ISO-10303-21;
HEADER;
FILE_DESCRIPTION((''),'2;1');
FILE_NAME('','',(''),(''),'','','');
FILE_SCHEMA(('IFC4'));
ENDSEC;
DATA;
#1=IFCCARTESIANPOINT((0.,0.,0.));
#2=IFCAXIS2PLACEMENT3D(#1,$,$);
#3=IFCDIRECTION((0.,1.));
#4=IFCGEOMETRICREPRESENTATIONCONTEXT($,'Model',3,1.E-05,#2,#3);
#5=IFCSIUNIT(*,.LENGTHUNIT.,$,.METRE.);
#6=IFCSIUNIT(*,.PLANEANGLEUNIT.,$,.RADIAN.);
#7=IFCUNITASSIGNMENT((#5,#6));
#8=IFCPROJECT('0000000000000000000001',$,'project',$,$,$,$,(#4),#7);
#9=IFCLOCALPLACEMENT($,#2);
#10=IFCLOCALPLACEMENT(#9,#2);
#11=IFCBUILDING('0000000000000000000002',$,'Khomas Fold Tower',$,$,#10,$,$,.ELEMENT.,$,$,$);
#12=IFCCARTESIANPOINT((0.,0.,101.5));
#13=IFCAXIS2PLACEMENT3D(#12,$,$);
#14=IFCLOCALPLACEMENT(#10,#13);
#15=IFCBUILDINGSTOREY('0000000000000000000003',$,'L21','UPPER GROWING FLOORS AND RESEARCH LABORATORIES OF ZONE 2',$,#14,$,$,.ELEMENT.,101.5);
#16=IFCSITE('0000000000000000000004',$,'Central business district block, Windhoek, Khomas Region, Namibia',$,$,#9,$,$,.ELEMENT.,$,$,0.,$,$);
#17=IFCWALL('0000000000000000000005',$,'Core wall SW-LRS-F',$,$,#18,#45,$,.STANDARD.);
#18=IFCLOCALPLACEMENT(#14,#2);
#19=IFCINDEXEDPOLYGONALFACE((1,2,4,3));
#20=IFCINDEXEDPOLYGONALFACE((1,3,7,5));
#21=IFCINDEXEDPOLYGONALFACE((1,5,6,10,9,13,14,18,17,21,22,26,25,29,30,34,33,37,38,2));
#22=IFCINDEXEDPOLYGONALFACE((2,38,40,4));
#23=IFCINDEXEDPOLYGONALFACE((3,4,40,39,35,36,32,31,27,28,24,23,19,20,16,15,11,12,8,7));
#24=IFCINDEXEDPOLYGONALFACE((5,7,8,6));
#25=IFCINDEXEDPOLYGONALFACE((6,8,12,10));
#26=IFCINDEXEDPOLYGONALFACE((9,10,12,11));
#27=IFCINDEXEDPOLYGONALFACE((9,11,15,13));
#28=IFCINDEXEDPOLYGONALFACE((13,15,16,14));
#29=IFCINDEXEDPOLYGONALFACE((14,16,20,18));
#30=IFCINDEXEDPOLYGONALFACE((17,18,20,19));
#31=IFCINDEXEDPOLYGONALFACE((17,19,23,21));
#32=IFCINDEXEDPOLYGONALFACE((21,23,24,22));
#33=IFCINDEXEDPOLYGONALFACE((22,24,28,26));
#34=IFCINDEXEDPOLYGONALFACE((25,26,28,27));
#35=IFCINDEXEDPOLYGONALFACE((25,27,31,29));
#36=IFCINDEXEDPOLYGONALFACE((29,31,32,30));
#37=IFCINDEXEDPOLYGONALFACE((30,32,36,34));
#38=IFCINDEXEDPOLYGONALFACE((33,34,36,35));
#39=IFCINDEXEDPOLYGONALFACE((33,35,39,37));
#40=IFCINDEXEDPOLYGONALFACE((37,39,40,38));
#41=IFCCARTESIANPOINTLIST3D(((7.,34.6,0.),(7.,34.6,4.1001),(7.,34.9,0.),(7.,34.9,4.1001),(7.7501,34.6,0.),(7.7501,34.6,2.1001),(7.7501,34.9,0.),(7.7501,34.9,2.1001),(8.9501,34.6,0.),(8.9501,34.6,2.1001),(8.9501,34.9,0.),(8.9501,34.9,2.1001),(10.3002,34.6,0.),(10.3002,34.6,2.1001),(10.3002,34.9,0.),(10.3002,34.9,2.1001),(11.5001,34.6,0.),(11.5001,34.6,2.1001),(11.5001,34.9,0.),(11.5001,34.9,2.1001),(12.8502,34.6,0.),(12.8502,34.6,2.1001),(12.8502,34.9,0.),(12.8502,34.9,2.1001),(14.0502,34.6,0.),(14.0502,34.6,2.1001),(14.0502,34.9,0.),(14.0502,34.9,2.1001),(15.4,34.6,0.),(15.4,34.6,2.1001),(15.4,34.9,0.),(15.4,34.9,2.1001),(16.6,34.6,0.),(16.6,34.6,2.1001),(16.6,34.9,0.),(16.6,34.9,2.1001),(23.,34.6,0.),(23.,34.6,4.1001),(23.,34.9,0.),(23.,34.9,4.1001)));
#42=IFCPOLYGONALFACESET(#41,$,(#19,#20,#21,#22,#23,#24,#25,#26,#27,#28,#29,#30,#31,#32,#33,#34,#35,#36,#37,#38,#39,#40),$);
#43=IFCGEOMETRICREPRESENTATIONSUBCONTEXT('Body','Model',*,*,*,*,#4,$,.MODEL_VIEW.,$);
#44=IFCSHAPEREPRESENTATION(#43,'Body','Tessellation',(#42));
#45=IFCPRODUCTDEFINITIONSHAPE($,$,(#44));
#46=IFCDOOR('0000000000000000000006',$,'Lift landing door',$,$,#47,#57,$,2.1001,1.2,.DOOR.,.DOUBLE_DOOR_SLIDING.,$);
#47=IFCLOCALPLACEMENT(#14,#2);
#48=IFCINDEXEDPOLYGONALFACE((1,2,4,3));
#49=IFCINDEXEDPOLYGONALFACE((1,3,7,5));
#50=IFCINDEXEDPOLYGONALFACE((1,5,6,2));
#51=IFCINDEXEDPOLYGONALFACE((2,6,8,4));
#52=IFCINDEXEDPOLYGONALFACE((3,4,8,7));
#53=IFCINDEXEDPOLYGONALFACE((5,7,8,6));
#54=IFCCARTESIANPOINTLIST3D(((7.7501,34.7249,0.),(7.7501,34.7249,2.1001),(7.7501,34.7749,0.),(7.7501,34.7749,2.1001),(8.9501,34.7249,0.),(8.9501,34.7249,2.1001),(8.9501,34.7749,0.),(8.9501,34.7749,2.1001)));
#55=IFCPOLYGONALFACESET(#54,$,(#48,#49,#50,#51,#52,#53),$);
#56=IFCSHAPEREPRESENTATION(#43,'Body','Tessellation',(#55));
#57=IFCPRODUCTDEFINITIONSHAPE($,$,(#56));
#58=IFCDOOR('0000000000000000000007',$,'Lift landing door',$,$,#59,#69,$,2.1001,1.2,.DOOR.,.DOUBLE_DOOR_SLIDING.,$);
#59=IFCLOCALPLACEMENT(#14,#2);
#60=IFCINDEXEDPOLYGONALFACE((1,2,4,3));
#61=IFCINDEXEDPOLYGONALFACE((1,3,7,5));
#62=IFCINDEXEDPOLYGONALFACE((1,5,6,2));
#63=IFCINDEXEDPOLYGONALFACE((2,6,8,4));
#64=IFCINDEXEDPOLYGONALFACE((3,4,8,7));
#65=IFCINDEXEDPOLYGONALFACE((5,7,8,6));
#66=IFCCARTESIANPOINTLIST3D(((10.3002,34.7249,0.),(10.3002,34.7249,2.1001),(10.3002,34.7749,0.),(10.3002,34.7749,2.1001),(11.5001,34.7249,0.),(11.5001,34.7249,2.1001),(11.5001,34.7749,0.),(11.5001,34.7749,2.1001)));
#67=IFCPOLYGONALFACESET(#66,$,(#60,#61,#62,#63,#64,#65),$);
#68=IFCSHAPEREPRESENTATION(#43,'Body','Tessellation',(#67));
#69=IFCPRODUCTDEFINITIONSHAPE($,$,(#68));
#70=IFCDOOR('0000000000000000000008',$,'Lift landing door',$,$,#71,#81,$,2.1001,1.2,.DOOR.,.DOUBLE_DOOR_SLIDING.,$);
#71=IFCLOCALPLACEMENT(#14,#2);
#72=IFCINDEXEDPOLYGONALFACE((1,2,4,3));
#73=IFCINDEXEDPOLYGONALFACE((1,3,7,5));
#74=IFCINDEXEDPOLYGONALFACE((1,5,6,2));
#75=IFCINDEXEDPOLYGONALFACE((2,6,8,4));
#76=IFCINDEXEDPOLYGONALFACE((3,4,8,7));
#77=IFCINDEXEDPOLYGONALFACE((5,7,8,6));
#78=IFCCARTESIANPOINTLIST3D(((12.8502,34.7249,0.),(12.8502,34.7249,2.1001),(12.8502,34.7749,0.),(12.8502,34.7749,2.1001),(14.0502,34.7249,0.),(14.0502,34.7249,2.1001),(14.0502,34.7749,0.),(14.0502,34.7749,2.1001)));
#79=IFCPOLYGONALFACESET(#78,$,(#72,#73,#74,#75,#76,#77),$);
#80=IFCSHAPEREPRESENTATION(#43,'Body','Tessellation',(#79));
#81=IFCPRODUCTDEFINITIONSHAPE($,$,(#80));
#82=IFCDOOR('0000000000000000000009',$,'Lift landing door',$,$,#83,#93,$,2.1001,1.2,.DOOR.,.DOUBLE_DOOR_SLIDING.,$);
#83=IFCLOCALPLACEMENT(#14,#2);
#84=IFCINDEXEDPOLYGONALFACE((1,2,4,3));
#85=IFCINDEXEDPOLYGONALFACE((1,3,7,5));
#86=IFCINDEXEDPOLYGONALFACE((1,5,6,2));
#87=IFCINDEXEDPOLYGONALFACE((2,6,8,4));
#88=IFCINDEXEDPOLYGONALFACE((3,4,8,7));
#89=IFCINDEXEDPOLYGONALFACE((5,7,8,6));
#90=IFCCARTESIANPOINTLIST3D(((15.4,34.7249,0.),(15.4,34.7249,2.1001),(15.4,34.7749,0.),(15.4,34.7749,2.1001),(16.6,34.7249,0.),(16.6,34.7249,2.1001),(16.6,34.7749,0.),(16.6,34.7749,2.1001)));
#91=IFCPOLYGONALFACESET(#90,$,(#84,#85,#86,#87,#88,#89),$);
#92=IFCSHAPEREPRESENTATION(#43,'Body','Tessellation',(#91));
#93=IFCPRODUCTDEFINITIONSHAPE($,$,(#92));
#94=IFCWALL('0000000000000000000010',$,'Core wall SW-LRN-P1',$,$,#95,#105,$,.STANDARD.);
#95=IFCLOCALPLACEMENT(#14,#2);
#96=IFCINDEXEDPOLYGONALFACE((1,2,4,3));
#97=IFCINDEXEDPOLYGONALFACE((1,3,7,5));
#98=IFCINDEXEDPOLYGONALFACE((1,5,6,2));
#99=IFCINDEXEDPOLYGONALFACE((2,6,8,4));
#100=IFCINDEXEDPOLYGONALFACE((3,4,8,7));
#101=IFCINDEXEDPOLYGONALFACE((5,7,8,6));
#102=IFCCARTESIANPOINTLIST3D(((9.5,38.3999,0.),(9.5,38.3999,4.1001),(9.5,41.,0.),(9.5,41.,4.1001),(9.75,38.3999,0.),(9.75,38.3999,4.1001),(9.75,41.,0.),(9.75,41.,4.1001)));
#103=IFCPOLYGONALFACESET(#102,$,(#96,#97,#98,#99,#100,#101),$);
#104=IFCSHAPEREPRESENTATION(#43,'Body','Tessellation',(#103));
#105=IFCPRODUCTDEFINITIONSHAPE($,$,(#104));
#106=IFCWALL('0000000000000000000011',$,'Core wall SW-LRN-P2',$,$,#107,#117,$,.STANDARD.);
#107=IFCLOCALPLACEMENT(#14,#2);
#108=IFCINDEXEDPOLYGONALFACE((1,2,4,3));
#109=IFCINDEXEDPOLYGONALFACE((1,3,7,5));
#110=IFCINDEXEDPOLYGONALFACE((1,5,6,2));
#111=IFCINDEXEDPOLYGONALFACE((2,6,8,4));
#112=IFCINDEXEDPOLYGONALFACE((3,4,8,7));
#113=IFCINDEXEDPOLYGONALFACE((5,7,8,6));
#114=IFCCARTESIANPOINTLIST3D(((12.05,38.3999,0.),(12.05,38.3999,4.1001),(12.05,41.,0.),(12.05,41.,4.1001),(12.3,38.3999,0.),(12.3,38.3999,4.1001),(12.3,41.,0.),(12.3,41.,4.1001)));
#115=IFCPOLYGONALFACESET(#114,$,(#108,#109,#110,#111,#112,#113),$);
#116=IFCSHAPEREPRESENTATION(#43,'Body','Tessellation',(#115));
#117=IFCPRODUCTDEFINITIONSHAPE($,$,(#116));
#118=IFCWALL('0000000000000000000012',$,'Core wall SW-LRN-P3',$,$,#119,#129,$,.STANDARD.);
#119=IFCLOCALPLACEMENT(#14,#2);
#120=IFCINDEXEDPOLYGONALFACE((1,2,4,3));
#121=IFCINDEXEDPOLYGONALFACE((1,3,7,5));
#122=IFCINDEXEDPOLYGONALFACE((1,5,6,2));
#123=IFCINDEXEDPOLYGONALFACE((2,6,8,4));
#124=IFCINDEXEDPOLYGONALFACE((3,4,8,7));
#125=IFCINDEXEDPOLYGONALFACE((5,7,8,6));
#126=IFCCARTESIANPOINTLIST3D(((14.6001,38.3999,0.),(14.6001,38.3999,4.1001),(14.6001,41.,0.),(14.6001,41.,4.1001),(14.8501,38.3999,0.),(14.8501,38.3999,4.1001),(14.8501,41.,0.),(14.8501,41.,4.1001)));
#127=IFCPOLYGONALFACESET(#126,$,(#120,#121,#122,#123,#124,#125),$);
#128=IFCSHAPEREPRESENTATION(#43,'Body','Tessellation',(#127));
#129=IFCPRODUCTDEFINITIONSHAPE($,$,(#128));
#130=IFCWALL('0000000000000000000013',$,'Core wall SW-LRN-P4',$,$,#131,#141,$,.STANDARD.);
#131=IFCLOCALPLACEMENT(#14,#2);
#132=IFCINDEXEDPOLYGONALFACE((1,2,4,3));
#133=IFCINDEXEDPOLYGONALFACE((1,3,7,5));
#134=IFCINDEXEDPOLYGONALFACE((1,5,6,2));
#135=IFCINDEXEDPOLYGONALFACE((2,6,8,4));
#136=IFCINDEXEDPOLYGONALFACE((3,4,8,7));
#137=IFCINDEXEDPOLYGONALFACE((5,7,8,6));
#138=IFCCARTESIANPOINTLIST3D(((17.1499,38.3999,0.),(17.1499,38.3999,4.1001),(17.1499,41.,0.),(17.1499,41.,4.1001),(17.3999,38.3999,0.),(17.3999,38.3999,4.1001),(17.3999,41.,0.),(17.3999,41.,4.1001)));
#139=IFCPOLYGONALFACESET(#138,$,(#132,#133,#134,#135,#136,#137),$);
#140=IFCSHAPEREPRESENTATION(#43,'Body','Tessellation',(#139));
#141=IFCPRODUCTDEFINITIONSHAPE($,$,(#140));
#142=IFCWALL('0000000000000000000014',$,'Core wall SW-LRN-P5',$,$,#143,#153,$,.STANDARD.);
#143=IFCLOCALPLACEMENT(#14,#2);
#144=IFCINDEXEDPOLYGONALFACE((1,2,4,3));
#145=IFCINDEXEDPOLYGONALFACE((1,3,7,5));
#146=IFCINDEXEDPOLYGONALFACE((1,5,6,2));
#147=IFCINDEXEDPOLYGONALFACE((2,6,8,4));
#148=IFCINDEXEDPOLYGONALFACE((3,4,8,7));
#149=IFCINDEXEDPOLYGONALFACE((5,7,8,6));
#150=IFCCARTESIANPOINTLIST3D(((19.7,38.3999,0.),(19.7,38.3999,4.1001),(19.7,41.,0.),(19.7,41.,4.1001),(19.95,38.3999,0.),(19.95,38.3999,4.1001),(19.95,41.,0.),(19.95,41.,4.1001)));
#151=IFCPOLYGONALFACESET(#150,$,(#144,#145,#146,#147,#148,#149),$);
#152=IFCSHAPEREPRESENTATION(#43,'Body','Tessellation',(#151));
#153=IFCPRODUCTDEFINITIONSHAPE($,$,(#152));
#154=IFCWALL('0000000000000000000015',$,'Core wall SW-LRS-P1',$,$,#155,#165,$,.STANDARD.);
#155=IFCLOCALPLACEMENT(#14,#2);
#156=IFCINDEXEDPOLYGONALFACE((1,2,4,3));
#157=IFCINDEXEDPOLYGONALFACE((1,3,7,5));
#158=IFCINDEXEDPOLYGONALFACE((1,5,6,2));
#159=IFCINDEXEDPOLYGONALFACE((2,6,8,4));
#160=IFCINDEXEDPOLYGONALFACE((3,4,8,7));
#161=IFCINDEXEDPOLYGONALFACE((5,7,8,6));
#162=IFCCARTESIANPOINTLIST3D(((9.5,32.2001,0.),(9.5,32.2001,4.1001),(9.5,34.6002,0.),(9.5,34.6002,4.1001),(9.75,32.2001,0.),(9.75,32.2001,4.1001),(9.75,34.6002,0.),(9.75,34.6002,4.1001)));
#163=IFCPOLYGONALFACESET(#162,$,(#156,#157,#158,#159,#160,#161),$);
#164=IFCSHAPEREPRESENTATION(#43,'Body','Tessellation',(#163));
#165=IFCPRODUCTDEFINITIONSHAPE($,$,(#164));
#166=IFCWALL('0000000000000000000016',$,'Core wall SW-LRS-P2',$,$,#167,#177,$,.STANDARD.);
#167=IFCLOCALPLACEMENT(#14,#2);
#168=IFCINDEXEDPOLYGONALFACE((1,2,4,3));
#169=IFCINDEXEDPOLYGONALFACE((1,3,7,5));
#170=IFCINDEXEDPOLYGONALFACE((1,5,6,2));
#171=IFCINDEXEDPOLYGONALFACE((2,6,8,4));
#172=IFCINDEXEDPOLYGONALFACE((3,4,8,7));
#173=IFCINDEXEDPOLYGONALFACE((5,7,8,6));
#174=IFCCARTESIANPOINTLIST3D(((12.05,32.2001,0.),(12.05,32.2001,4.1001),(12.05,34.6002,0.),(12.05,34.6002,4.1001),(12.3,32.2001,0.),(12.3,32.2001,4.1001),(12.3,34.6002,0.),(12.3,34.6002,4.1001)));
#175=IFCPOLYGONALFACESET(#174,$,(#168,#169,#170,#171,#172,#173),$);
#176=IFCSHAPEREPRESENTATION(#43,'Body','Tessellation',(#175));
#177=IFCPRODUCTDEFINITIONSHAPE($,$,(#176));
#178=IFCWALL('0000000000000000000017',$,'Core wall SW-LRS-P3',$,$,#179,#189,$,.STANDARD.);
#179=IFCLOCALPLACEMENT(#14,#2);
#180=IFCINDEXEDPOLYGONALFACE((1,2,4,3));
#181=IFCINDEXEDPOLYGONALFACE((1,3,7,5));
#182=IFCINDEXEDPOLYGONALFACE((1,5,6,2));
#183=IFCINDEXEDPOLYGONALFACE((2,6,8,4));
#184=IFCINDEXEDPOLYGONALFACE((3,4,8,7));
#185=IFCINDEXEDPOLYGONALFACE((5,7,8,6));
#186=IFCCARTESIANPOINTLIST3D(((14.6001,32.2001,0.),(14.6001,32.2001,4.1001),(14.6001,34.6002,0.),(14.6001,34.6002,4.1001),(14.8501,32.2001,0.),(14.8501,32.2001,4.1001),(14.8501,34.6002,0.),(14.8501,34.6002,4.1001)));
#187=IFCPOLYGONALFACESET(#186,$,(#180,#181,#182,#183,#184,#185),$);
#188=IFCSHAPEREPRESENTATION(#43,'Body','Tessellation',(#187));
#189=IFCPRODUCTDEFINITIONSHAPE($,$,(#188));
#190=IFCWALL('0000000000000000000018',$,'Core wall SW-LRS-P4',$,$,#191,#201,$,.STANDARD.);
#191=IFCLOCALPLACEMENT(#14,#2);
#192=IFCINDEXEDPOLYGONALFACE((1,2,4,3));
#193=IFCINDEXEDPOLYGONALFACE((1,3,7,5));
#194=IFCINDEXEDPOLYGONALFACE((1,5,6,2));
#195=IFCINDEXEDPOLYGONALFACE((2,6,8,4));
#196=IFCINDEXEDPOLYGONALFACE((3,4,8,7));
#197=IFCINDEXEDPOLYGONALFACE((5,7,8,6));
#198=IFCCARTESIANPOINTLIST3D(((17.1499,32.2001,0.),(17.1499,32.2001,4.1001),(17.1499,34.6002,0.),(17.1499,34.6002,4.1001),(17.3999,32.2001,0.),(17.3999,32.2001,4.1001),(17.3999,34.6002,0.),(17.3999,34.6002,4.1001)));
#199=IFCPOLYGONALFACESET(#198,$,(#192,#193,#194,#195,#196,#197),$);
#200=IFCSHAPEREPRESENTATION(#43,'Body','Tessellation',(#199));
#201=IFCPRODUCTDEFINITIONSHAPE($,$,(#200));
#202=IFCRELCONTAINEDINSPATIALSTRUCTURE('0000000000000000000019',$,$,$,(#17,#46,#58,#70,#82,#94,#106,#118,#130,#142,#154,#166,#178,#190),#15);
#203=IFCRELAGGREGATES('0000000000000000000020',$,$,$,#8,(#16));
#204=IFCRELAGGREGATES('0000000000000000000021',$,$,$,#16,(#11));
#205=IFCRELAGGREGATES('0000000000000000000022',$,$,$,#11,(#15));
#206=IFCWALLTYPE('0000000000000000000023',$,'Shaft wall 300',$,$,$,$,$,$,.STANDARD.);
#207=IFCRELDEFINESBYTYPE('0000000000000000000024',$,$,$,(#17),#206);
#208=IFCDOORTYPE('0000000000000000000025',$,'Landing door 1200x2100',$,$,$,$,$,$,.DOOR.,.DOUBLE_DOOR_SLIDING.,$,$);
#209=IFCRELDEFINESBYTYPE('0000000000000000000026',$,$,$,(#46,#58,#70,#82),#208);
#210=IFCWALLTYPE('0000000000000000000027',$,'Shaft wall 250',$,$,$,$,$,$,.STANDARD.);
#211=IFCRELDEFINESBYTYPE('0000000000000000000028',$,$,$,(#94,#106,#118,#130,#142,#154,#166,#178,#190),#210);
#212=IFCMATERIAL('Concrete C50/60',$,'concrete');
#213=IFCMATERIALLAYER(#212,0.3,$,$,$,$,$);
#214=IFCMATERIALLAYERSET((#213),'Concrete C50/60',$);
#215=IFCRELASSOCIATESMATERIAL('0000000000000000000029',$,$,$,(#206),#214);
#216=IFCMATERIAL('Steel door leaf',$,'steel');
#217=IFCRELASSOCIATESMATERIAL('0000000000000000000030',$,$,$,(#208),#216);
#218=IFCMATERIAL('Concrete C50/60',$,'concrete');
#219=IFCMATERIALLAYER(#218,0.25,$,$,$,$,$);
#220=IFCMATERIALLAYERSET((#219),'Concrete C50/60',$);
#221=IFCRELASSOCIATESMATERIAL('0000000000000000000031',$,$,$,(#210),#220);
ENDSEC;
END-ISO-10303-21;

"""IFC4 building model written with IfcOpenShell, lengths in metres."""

from ifc_helpers import new_model, si_unit, direction, frame, frame_2d, origin, place, context, subcontext, project, spatial, rectangle, extrude, source, transform, mapped, material, layer, layer_set, type_object, element, fill, save


model = new_model("IFC4")

# Units and contexts
model_context = context("Model", 3, precision=1e-05, world=origin(), true_north=direction((0.0, 1.0)))
body_context = subcontext(model_context, "Body", "Model", "MODEL_VIEW")
ifc_project = project(units=[si_unit("LENGTHUNIT", "METRE"), si_unit("PLANEANGLEUNIT", "RADIAN")], contexts=[model_context])

# Site, building, storey
site_placement = place(None, origin())
site = spatial("IfcSite", under=ifc_project, at=site_placement, Name="Central business district block, Windhoek, Khomas Region, Namibia", CompositionType="ELEMENT", RefElevation=0.0)
building_placement = place(site_placement, origin())
building = spatial("IfcBuilding", under=site, at=building_placement, Name="Khomas Fold Tower", CompositionType="ELEMENT")
storey_placement = place(building_placement, frame((0.0, 0.0, 101.5)))
storey = spatial("IfcBuildingStorey", under=building, at=storey_placement, Name="L21", Description="UPPER GROWING FLOORS AND RESEARCH LABORATORIES OF ZONE 2", CompositionType="ELEMENT", Elevation=101.5)

# Shared definitions
ifc_material_1 = material(Name="Concrete C50/60", Category="concrete")
ifc_layer_1 = layer(ifc_material_1, 0.3)
ifc_layer_set_1 = layer_set([ifc_layer_1], Name="Concrete C50/60")
wall_type_1 = type_object("IfcWallType", Name="Shaft wall 300", PredefinedType="STANDARD", material=ifc_layer_set_1)
shared_shape_1 = source(origin(), body_context, "Body", "SweptSolid", [
    extrude(rectangle(XDim=16.0, YDim=0.3, at=frame_2d((8.0, 0.0))), origin(), (0.0, 0.0, 1.0), 4.1001),
])

# Wall, openings, doors
shared_shape_2 = source(origin(), body_context, "Body", "SweptSolid", [
    extrude(rectangle(XDim=1.2, YDim=2.1001, at=frame_2d((0.6001, 1.05))), frame((0.0, 0.1599, 0.0), z_axis=(0.0, -1.0, 0.0), x_axis=(1.0, 0.0, 0.0)), (0.0, 0.0, 1.0), 0.3201),
])
ifc_material_2 = material(Name="Steel door leaf", Category="steel")
door_type_1 = type_object("IfcDoorType", Name="Landing door 1200x2100", OperationType="DOUBLE_DOOR_SLIDING", PredefinedType="DOOR", material=ifc_material_2)
shared_shape_3 = source(origin(), body_context, "Body", "SweptSolid", [
    extrude(rectangle(XDim=1.2, YDim=2.1001, at=frame_2d((0.6001, 1.05))), frame((0.0, 0.0249, 0.0), z_axis=(0.0, -1.0, 0.0), x_axis=(1.0, 0.0, 0.0)), (0.0, 0.0, 1.0), 0.05),
])
wall_1_placement = place(storey_placement, frame((7.0, 34.75, 0.0), z_axis=(0.0, 0.0, 1.0), x_axis=(1.0, 0.0, 0.0)))
wall_1 = element("IfcWall", 1, at=wall_1_placement, inside=storey, type_object=wall_type_1, Name="Core wall SW-LRS-F", PredefinedType="STANDARD", context=body_context, shape_type="MappedRepresentation", body=[
    mapped(shared_shape_1, transform((0.0, 0.0, 0.0))),
])
opening_1_placement = place(wall_1_placement, frame((0.75, 0.0, 0.0)))
opening_1 = element("IfcOpeningElement", 2, at=opening_1_placement, cuts=wall_1, PredefinedType="OPENING", context=body_context, shape_type="MappedRepresentation", body=[
    mapped(shared_shape_2, transform((0.0, 0.0, 0.0))),
])
opening_2_placement = place(wall_1_placement, frame((3.3, 0.0, 0.0)))
opening_2 = element("IfcOpeningElement", 3, at=opening_2_placement, cuts=wall_1, PredefinedType="OPENING", context=body_context, shape_type="MappedRepresentation", body=[
    mapped(shared_shape_2, transform((0.0, 0.0, 0.0))),
])
opening_3_placement = place(wall_1_placement, frame((5.8501, 0.0, 0.0)))
opening_3 = element("IfcOpeningElement", 4, at=opening_3_placement, cuts=wall_1, PredefinedType="OPENING", context=body_context, shape_type="MappedRepresentation", body=[
    mapped(shared_shape_2, transform((0.0, 0.0, 0.0))),
])
opening_4_placement = place(wall_1_placement, frame((8.3999, 0.0, 0.0)))
opening_4 = element("IfcOpeningElement", 5, at=opening_4_placement, cuts=wall_1, PredefinedType="OPENING", context=body_context, shape_type="MappedRepresentation", body=[
    mapped(shared_shape_2, transform((0.0, 0.0, 0.0))),
])
door_1_placement = place(opening_1_placement, origin())
door_1 = element("IfcDoor", 6, at=door_1_placement, inside=storey, type_object=door_type_1, Name="Lift landing door", OperationType="DOUBLE_DOOR_SLIDING", OverallHeight=2.1001, OverallWidth=1.2, PredefinedType="DOOR", context=body_context, shape_type="MappedRepresentation", body=[
    mapped(shared_shape_3, transform((0.0, 0.0, 0.0))),
])
fill(opening_1, door_1)
door_2_placement = place(opening_2_placement, origin())
door_2 = element("IfcDoor", 7, at=door_2_placement, inside=storey, type_object=door_type_1, Name="Lift landing door", OperationType="DOUBLE_DOOR_SLIDING", OverallHeight=2.1001, OverallWidth=1.2, PredefinedType="DOOR", context=body_context, shape_type="MappedRepresentation", body=[
    mapped(shared_shape_3, transform((0.0, 0.0, 0.0))),
])
fill(opening_2, door_2)
door_3_placement = place(opening_3_placement, origin())
door_3 = element("IfcDoor", 8, at=door_3_placement, inside=storey, type_object=door_type_1, Name="Lift landing door", OperationType="DOUBLE_DOOR_SLIDING", OverallHeight=2.1001, OverallWidth=1.2, PredefinedType="DOOR", context=body_context, shape_type="MappedRepresentation", body=[
    mapped(shared_shape_3, transform((0.0, 0.0, 0.0))),
])
fill(opening_3, door_3)
door_4_placement = place(opening_4_placement, origin())
door_4 = element("IfcDoor", 9, at=door_4_placement, inside=storey, type_object=door_type_1, Name="Lift landing door", OperationType="DOUBLE_DOOR_SLIDING", OverallHeight=2.1001, OverallWidth=1.2, PredefinedType="DOOR", context=body_context, shape_type="MappedRepresentation", body=[
    mapped(shared_shape_3, transform((0.0, 0.0, 0.0))),
])
fill(opening_4, door_4)

# Walls
ifc_material_3 = material(Name="Concrete C50/60", Category="concrete")
ifc_layer_2 = layer(ifc_material_3, 0.25)
ifc_layer_set_2 = layer_set([ifc_layer_2], Name="Concrete C50/60")
wall_type_2 = type_object("IfcWallType", Name="Shaft wall 250", PredefinedType="STANDARD", material=ifc_layer_set_2)
shared_shape_4 = source(origin(), body_context, "Body", "SweptSolid", [
    extrude(rectangle(XDim=2.6001, YDim=0.25, at=frame_2d((1.3, 0.0))), origin(), (0.0, 0.0, 1.0), 4.1001),
])
for number, where, z_axis, x_axis, name in (
    (10, (9.625, 38.3999, 0.0), (0.0, 0.0, 1.0), (0.0, 1.0, 0.0), "Core wall SW-LRN-P1"),
    (11, (12.175, 38.3999, 0.0), (0.0, 0.0, 1.0), (0.0, 1.0, 0.0), "Core wall SW-LRN-P2"),
    (12, (14.7251, 38.3999, 0.0), (0.0, 0.0, 1.0), (0.0, 1.0, 0.0), "Core wall SW-LRN-P3"),
    (13, (17.2749, 38.3999, 0.0), (0.0, 0.0, 1.0), (0.0, 1.0, 0.0), "Core wall SW-LRN-P4"),
    (14, (19.825, 38.3999, 0.0), (0.0, 0.0, 1.0), (0.0, 1.0, 0.0), "Core wall SW-LRN-P5"),
):
    element("IfcWall", number, at=place(storey_placement, frame(where, z_axis=z_axis, x_axis=x_axis)), inside=storey, type_object=wall_type_2, Name=name, PredefinedType="STANDARD", context=body_context, shape_type="MappedRepresentation", body=[
        mapped(shared_shape_4, transform((0.0, 0.0, 0.0))),
    ])
shared_shape_5 = source(origin(), body_context, "Body", "SweptSolid", [
    extrude(rectangle(XDim=2.4001, YDim=0.25, at=frame_2d((1.2002, 0.0))), origin(), (0.0, 0.0, 1.0), 4.1001),
])
for number, where, z_axis, x_axis, name in (
    (15, (9.625, 32.2, 0.0), (0.0, 0.0, 1.0), (0.0, 1.0, 0.0), "Core wall SW-LRS-P1"),
    (16, (12.175, 32.2, 0.0), (0.0, 0.0, 1.0), (0.0, 1.0, 0.0), "Core wall SW-LRS-P2"),
    (17, (14.7251, 32.2, 0.0), (0.0, 0.0, 1.0), (0.0, 1.0, 0.0), "Core wall SW-LRS-P3"),
    (18, (17.2749, 32.2, 0.0), (0.0, 0.0, 1.0), (0.0, 1.0, 0.0), "Core wall SW-LRS-P4"),
):
    element("IfcWall", number, at=place(storey_placement, frame(where, z_axis=z_axis, x_axis=x_axis)), inside=storey, type_object=wall_type_2, Name=name, PredefinedType="STANDARD", context=body_context, shape_type="MappedRepresentation", body=[
        mapped(shared_shape_5, transform((0.0, 0.0, 0.0))),
    ])

save(model, "model.ifc")
